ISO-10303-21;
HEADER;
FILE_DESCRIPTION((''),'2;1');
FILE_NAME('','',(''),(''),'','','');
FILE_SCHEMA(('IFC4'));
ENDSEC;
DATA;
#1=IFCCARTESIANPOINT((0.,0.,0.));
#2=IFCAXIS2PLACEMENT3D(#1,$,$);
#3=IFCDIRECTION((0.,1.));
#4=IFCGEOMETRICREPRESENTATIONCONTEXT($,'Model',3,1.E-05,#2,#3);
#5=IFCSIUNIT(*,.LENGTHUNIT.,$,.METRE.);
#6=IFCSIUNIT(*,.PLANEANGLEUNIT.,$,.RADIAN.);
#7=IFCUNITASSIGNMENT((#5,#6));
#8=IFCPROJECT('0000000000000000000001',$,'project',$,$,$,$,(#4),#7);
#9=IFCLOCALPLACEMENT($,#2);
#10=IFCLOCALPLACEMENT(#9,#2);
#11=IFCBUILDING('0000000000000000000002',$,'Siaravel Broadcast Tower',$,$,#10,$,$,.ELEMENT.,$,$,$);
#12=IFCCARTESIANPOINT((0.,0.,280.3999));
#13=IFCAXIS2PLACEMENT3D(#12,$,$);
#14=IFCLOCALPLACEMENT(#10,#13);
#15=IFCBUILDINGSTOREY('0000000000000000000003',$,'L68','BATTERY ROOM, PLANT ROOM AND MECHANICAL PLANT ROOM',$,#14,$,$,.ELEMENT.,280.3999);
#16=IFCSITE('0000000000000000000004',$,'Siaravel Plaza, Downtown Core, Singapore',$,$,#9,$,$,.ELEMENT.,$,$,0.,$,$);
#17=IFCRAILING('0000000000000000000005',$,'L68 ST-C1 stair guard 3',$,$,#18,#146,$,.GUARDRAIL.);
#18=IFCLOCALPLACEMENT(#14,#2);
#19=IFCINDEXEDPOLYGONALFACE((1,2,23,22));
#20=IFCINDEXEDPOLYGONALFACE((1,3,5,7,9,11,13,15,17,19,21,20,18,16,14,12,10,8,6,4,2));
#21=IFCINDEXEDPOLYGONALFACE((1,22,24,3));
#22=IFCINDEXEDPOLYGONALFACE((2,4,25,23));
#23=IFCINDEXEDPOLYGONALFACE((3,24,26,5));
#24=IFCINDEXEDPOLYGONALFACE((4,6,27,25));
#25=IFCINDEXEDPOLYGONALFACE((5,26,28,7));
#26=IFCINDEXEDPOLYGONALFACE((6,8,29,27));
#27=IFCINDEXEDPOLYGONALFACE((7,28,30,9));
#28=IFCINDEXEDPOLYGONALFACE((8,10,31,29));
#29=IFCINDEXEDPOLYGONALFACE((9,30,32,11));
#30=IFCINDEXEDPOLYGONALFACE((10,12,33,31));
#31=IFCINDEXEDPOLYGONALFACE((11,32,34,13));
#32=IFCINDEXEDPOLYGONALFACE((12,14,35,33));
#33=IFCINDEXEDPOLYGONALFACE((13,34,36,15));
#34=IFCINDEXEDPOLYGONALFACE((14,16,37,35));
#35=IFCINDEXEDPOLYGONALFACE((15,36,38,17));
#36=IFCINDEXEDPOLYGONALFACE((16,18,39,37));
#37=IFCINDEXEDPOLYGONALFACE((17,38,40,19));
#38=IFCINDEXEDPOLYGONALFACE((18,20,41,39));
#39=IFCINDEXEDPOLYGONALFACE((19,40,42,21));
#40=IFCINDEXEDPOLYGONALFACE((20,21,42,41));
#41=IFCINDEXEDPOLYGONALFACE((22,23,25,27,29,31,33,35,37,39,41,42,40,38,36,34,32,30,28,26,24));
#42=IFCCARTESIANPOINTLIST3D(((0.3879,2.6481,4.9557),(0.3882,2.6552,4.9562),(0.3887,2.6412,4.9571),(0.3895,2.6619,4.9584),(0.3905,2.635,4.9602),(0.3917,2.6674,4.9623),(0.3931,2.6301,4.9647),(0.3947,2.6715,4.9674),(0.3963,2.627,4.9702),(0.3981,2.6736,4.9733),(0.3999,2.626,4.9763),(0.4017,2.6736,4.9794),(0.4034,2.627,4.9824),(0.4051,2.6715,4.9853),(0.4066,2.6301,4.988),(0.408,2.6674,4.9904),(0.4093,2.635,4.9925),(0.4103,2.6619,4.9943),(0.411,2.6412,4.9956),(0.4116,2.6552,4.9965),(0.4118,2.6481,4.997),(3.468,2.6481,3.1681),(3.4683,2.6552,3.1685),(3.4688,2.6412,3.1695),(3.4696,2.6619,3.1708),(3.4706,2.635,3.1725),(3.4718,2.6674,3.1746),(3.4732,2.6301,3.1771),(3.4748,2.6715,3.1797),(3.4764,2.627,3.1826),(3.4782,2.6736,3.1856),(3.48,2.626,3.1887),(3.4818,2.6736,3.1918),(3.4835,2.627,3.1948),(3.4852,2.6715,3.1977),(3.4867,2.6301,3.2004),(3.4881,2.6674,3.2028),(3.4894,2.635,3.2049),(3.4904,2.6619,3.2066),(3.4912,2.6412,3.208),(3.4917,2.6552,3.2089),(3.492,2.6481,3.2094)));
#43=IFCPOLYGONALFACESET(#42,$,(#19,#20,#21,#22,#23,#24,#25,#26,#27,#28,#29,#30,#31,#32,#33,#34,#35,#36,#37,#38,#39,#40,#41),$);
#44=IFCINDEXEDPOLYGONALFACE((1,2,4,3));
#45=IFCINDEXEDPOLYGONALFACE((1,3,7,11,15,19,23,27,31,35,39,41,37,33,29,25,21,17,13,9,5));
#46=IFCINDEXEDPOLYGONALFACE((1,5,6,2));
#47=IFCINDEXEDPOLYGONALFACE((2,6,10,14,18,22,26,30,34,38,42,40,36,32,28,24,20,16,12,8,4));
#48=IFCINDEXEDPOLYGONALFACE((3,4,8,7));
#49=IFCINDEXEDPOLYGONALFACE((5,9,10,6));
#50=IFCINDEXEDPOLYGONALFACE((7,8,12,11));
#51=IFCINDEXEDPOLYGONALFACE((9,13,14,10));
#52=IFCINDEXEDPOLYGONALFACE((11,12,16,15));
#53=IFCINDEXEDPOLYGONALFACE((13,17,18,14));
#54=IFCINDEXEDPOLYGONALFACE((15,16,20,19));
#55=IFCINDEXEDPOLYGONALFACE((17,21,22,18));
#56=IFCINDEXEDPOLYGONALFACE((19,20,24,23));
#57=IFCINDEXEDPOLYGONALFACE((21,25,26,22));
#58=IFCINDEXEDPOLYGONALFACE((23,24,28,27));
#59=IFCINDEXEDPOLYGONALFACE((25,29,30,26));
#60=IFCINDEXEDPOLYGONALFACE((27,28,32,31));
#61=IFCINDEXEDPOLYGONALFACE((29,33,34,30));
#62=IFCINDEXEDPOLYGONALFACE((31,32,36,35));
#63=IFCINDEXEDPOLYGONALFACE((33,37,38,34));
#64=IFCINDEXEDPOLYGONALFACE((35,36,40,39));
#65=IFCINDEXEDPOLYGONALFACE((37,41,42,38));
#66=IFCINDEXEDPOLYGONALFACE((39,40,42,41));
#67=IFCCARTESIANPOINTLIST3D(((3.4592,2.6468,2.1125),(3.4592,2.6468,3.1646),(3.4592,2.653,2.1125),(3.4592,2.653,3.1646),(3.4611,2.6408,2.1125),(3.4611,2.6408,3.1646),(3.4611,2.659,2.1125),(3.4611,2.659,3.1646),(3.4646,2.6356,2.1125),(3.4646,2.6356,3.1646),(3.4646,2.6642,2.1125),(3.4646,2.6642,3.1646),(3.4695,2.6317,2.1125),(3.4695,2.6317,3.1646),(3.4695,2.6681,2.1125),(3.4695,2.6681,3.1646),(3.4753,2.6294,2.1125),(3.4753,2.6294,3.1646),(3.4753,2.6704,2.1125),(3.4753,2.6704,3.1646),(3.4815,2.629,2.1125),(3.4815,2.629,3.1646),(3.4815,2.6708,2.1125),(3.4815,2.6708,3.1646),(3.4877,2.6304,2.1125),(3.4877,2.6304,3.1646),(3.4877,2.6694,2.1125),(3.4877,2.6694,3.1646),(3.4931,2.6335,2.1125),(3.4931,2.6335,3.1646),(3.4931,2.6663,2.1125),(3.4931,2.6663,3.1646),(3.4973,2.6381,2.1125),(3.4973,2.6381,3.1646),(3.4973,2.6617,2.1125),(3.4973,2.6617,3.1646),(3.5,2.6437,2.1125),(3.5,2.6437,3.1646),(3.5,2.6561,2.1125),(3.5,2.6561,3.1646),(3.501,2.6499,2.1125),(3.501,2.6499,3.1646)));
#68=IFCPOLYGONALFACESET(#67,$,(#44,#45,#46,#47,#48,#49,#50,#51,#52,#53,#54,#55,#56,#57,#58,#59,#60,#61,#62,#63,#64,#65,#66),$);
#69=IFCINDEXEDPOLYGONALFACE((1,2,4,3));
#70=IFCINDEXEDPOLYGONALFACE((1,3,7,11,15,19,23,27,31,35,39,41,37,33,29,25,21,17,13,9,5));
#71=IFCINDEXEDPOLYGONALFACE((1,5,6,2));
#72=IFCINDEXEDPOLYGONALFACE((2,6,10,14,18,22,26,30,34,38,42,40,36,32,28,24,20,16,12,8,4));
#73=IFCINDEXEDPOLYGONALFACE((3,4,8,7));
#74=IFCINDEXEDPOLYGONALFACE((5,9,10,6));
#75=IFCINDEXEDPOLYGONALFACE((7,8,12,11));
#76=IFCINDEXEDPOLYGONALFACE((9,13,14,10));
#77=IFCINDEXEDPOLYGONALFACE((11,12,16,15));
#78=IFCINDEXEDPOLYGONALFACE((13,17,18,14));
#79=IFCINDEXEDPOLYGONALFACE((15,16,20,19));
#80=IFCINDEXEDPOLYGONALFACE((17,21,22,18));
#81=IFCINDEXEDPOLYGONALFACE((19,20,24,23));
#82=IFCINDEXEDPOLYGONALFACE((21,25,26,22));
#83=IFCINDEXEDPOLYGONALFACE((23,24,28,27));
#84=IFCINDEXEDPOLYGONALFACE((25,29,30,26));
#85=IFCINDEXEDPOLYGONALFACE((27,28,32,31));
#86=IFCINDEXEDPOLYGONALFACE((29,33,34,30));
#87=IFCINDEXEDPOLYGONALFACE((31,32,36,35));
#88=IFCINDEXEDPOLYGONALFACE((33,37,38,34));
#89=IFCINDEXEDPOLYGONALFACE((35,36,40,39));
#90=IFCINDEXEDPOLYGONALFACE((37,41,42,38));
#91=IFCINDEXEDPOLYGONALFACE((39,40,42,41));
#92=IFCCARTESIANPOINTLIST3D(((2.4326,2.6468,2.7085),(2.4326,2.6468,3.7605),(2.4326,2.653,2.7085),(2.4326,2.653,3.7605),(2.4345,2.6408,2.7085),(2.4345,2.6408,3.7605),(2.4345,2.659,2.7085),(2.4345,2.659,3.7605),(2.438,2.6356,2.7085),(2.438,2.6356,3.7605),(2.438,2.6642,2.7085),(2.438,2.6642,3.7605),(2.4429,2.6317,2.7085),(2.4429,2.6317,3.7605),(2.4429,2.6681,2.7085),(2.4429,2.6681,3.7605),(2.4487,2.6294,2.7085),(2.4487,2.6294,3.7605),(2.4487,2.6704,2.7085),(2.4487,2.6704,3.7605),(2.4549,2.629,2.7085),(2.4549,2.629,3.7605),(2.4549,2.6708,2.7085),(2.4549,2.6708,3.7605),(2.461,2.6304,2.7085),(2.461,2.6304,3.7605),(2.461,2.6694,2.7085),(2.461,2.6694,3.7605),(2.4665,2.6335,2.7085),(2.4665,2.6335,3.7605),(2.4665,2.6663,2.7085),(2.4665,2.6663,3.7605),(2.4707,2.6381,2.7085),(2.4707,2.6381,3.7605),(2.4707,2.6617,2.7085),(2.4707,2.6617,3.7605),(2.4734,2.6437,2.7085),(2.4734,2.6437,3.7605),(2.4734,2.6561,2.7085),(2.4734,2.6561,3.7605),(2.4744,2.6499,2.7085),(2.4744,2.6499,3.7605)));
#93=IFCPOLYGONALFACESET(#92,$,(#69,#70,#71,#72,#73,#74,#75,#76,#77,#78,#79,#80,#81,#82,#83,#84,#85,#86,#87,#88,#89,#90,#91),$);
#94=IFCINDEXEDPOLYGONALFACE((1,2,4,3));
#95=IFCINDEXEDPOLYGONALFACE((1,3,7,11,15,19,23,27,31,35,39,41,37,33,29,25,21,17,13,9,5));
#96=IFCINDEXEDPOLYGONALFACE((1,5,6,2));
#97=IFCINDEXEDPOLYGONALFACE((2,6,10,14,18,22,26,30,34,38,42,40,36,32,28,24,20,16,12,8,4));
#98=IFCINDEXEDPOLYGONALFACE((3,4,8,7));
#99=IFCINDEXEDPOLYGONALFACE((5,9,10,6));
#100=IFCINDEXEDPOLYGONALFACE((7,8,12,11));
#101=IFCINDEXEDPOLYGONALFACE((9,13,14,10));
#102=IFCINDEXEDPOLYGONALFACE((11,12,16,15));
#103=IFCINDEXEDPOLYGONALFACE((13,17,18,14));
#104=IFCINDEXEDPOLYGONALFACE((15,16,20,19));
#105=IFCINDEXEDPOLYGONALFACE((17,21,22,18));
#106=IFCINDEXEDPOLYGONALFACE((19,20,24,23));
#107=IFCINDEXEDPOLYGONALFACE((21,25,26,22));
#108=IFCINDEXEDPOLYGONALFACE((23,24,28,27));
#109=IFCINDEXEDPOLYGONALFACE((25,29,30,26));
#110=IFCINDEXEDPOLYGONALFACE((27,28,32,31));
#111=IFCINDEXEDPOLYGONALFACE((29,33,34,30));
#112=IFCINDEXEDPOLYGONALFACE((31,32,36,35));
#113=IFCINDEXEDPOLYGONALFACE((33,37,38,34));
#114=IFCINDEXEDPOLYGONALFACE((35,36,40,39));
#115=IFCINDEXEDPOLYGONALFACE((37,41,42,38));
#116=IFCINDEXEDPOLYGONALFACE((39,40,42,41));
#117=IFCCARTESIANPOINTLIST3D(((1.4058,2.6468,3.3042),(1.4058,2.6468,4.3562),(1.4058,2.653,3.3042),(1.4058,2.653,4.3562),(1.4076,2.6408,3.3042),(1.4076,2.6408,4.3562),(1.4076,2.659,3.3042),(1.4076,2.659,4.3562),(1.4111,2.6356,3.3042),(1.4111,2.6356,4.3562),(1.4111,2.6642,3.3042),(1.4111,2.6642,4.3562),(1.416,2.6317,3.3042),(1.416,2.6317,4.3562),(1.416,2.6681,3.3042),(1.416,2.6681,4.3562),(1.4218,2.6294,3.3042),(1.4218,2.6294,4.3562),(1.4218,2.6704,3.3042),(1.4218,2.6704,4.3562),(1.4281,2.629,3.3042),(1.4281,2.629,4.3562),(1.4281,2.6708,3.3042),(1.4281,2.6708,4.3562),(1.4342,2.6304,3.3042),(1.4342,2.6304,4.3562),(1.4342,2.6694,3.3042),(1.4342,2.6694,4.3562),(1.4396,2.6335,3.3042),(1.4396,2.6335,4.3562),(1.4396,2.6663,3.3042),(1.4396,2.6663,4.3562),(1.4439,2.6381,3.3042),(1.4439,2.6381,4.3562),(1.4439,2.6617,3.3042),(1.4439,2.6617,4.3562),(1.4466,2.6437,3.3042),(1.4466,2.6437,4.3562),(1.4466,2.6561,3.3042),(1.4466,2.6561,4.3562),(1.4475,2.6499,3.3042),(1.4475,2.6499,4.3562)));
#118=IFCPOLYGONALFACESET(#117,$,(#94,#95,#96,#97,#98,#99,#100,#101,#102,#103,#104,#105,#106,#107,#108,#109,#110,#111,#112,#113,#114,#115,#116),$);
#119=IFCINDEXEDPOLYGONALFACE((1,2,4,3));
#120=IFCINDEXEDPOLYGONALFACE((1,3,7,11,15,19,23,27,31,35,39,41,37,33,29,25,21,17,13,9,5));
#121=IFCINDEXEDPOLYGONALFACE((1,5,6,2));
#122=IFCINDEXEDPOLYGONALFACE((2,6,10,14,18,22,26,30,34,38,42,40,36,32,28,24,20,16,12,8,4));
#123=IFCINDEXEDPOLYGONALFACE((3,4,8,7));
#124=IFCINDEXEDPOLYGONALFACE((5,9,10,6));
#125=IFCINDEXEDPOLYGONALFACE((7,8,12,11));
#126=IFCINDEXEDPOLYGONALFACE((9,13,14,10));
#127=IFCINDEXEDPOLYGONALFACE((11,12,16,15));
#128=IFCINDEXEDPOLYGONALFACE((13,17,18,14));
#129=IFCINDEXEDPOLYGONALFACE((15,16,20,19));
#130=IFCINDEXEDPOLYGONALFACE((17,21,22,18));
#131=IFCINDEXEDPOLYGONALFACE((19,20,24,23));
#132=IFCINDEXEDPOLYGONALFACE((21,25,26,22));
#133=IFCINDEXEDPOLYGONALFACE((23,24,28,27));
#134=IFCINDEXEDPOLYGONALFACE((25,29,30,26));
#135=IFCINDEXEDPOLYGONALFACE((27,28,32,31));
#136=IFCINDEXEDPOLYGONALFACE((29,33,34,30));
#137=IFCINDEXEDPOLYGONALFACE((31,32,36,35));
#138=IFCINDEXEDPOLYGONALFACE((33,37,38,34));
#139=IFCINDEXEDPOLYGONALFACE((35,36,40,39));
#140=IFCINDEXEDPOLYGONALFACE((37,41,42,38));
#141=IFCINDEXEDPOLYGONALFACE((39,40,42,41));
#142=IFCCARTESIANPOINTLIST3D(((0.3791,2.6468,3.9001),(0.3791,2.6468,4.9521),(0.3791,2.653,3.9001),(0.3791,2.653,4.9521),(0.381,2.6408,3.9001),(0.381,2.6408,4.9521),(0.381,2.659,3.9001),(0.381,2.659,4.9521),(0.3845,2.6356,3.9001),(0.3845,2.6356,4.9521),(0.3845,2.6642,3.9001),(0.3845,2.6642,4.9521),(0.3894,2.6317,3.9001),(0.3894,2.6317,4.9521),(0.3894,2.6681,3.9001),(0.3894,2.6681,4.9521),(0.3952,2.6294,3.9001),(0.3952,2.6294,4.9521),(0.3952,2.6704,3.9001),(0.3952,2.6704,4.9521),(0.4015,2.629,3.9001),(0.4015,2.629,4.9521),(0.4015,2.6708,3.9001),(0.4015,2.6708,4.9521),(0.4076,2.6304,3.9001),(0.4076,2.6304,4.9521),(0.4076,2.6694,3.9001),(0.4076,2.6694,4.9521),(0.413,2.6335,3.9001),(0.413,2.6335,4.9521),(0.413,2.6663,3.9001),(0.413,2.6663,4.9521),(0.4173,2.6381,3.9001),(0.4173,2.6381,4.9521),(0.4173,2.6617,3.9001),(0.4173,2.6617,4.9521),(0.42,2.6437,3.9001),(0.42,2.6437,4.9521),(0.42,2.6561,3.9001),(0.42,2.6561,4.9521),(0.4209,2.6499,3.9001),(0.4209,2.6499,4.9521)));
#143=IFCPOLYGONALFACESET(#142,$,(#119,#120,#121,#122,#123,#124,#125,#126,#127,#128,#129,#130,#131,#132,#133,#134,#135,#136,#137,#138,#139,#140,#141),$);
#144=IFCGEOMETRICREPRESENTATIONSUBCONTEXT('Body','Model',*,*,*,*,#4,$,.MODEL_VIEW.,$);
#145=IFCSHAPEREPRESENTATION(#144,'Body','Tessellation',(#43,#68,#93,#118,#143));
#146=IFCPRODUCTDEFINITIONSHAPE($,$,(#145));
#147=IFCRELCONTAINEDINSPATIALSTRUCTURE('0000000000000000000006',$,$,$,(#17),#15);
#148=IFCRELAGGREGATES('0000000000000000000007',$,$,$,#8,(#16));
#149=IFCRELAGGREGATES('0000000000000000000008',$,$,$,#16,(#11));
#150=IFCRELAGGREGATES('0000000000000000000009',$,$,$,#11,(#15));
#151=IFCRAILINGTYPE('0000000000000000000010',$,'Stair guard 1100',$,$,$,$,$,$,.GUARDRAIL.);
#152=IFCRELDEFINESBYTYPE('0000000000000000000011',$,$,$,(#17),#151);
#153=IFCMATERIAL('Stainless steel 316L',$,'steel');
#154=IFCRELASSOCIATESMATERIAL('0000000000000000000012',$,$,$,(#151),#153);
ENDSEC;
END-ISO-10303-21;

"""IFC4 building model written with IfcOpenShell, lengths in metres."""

from ifc_helpers import new_model, si_unit, direction, frame, origin, origin_2d, place, context, subcontext, project, spatial, circle, extrude, material, type_object, element, save


model = new_model("IFC4")

# Units and contexts
model_context = context("Model", 3, precision=1e-05, world=origin(), true_north=direction((0.0, 1.0)))
body_context = subcontext(model_context, "Body", "Model", "MODEL_VIEW")
ifc_project = project(units=[si_unit("LENGTHUNIT", "METRE"), si_unit("PLANEANGLEUNIT", "RADIAN")], contexts=[model_context])

# Site, building, storey
site_placement = place(None, origin())
site = spatial("IfcSite", under=ifc_project, at=site_placement, Name="Siaravel Plaza, Downtown Core, Singapore", CompositionType="ELEMENT", RefElevation=0.0)
building_placement = place(site_placement, origin())
building = spatial("IfcBuilding", under=site, at=building_placement, Name="Siaravel Broadcast Tower", CompositionType="ELEMENT")
storey_placement = place(building_placement, frame((0.0, 0.0, 280.3999)))
storey = spatial("IfcBuildingStorey", under=building, at=storey_placement, Name="L68", Description="BATTERY ROOM, PLANT ROOM AND MECHANICAL PLANT ROOM", CompositionType="ELEMENT", Elevation=280.3999)

# Railing
ifc_material_1 = material(Name="Stainless steel 316L", Category="steel")
railing_type_1 = type_object("IfcRailingType", Name="Stair guard 1100", PredefinedType="GUARDRAIL", material=ifc_material_1)
railing_1_placement = place(storey_placement, frame((3.48, 2.6499, 2.1125)))
element("IfcRailing", 1, at=railing_1_placement, inside=storey, type_object=railing_type_1, Name="L68 ST-C1 stair guard 3", PredefinedType="GUARDRAIL", context=body_context, shape_type="SweptSolid", body=[
    extrude(circle(Radius=0.0239, at=origin_2d()), frame((0.0, 0.0, 1.0762), z_axis=(-0.864891, 0.0, 0.50196), x_axis=(0.0, -1.0, 0.0)), (0.0, 0.0, 1.0), 3.5613),
    extrude(circle(Radius=0.021, at=origin_2d()), origin(), (0.0, 0.0, 1.0), 1.052),
    extrude(circle(Radius=0.021, at=origin_2d()), frame((-1.0266, 0.0, 0.5959)), (0.0, 0.0, 1.0), 1.052),
    extrude(circle(Radius=0.021, at=origin_2d()), frame((-2.0535, 0.0, 1.1917)), (0.0, 0.0, 1.0), 1.052),
    extrude(circle(Radius=0.021, at=origin_2d()), frame((-3.0801, 0.0, 1.7876)), (0.0, 0.0, 1.0), 1.052),
])

save(model, "model.ifc")
